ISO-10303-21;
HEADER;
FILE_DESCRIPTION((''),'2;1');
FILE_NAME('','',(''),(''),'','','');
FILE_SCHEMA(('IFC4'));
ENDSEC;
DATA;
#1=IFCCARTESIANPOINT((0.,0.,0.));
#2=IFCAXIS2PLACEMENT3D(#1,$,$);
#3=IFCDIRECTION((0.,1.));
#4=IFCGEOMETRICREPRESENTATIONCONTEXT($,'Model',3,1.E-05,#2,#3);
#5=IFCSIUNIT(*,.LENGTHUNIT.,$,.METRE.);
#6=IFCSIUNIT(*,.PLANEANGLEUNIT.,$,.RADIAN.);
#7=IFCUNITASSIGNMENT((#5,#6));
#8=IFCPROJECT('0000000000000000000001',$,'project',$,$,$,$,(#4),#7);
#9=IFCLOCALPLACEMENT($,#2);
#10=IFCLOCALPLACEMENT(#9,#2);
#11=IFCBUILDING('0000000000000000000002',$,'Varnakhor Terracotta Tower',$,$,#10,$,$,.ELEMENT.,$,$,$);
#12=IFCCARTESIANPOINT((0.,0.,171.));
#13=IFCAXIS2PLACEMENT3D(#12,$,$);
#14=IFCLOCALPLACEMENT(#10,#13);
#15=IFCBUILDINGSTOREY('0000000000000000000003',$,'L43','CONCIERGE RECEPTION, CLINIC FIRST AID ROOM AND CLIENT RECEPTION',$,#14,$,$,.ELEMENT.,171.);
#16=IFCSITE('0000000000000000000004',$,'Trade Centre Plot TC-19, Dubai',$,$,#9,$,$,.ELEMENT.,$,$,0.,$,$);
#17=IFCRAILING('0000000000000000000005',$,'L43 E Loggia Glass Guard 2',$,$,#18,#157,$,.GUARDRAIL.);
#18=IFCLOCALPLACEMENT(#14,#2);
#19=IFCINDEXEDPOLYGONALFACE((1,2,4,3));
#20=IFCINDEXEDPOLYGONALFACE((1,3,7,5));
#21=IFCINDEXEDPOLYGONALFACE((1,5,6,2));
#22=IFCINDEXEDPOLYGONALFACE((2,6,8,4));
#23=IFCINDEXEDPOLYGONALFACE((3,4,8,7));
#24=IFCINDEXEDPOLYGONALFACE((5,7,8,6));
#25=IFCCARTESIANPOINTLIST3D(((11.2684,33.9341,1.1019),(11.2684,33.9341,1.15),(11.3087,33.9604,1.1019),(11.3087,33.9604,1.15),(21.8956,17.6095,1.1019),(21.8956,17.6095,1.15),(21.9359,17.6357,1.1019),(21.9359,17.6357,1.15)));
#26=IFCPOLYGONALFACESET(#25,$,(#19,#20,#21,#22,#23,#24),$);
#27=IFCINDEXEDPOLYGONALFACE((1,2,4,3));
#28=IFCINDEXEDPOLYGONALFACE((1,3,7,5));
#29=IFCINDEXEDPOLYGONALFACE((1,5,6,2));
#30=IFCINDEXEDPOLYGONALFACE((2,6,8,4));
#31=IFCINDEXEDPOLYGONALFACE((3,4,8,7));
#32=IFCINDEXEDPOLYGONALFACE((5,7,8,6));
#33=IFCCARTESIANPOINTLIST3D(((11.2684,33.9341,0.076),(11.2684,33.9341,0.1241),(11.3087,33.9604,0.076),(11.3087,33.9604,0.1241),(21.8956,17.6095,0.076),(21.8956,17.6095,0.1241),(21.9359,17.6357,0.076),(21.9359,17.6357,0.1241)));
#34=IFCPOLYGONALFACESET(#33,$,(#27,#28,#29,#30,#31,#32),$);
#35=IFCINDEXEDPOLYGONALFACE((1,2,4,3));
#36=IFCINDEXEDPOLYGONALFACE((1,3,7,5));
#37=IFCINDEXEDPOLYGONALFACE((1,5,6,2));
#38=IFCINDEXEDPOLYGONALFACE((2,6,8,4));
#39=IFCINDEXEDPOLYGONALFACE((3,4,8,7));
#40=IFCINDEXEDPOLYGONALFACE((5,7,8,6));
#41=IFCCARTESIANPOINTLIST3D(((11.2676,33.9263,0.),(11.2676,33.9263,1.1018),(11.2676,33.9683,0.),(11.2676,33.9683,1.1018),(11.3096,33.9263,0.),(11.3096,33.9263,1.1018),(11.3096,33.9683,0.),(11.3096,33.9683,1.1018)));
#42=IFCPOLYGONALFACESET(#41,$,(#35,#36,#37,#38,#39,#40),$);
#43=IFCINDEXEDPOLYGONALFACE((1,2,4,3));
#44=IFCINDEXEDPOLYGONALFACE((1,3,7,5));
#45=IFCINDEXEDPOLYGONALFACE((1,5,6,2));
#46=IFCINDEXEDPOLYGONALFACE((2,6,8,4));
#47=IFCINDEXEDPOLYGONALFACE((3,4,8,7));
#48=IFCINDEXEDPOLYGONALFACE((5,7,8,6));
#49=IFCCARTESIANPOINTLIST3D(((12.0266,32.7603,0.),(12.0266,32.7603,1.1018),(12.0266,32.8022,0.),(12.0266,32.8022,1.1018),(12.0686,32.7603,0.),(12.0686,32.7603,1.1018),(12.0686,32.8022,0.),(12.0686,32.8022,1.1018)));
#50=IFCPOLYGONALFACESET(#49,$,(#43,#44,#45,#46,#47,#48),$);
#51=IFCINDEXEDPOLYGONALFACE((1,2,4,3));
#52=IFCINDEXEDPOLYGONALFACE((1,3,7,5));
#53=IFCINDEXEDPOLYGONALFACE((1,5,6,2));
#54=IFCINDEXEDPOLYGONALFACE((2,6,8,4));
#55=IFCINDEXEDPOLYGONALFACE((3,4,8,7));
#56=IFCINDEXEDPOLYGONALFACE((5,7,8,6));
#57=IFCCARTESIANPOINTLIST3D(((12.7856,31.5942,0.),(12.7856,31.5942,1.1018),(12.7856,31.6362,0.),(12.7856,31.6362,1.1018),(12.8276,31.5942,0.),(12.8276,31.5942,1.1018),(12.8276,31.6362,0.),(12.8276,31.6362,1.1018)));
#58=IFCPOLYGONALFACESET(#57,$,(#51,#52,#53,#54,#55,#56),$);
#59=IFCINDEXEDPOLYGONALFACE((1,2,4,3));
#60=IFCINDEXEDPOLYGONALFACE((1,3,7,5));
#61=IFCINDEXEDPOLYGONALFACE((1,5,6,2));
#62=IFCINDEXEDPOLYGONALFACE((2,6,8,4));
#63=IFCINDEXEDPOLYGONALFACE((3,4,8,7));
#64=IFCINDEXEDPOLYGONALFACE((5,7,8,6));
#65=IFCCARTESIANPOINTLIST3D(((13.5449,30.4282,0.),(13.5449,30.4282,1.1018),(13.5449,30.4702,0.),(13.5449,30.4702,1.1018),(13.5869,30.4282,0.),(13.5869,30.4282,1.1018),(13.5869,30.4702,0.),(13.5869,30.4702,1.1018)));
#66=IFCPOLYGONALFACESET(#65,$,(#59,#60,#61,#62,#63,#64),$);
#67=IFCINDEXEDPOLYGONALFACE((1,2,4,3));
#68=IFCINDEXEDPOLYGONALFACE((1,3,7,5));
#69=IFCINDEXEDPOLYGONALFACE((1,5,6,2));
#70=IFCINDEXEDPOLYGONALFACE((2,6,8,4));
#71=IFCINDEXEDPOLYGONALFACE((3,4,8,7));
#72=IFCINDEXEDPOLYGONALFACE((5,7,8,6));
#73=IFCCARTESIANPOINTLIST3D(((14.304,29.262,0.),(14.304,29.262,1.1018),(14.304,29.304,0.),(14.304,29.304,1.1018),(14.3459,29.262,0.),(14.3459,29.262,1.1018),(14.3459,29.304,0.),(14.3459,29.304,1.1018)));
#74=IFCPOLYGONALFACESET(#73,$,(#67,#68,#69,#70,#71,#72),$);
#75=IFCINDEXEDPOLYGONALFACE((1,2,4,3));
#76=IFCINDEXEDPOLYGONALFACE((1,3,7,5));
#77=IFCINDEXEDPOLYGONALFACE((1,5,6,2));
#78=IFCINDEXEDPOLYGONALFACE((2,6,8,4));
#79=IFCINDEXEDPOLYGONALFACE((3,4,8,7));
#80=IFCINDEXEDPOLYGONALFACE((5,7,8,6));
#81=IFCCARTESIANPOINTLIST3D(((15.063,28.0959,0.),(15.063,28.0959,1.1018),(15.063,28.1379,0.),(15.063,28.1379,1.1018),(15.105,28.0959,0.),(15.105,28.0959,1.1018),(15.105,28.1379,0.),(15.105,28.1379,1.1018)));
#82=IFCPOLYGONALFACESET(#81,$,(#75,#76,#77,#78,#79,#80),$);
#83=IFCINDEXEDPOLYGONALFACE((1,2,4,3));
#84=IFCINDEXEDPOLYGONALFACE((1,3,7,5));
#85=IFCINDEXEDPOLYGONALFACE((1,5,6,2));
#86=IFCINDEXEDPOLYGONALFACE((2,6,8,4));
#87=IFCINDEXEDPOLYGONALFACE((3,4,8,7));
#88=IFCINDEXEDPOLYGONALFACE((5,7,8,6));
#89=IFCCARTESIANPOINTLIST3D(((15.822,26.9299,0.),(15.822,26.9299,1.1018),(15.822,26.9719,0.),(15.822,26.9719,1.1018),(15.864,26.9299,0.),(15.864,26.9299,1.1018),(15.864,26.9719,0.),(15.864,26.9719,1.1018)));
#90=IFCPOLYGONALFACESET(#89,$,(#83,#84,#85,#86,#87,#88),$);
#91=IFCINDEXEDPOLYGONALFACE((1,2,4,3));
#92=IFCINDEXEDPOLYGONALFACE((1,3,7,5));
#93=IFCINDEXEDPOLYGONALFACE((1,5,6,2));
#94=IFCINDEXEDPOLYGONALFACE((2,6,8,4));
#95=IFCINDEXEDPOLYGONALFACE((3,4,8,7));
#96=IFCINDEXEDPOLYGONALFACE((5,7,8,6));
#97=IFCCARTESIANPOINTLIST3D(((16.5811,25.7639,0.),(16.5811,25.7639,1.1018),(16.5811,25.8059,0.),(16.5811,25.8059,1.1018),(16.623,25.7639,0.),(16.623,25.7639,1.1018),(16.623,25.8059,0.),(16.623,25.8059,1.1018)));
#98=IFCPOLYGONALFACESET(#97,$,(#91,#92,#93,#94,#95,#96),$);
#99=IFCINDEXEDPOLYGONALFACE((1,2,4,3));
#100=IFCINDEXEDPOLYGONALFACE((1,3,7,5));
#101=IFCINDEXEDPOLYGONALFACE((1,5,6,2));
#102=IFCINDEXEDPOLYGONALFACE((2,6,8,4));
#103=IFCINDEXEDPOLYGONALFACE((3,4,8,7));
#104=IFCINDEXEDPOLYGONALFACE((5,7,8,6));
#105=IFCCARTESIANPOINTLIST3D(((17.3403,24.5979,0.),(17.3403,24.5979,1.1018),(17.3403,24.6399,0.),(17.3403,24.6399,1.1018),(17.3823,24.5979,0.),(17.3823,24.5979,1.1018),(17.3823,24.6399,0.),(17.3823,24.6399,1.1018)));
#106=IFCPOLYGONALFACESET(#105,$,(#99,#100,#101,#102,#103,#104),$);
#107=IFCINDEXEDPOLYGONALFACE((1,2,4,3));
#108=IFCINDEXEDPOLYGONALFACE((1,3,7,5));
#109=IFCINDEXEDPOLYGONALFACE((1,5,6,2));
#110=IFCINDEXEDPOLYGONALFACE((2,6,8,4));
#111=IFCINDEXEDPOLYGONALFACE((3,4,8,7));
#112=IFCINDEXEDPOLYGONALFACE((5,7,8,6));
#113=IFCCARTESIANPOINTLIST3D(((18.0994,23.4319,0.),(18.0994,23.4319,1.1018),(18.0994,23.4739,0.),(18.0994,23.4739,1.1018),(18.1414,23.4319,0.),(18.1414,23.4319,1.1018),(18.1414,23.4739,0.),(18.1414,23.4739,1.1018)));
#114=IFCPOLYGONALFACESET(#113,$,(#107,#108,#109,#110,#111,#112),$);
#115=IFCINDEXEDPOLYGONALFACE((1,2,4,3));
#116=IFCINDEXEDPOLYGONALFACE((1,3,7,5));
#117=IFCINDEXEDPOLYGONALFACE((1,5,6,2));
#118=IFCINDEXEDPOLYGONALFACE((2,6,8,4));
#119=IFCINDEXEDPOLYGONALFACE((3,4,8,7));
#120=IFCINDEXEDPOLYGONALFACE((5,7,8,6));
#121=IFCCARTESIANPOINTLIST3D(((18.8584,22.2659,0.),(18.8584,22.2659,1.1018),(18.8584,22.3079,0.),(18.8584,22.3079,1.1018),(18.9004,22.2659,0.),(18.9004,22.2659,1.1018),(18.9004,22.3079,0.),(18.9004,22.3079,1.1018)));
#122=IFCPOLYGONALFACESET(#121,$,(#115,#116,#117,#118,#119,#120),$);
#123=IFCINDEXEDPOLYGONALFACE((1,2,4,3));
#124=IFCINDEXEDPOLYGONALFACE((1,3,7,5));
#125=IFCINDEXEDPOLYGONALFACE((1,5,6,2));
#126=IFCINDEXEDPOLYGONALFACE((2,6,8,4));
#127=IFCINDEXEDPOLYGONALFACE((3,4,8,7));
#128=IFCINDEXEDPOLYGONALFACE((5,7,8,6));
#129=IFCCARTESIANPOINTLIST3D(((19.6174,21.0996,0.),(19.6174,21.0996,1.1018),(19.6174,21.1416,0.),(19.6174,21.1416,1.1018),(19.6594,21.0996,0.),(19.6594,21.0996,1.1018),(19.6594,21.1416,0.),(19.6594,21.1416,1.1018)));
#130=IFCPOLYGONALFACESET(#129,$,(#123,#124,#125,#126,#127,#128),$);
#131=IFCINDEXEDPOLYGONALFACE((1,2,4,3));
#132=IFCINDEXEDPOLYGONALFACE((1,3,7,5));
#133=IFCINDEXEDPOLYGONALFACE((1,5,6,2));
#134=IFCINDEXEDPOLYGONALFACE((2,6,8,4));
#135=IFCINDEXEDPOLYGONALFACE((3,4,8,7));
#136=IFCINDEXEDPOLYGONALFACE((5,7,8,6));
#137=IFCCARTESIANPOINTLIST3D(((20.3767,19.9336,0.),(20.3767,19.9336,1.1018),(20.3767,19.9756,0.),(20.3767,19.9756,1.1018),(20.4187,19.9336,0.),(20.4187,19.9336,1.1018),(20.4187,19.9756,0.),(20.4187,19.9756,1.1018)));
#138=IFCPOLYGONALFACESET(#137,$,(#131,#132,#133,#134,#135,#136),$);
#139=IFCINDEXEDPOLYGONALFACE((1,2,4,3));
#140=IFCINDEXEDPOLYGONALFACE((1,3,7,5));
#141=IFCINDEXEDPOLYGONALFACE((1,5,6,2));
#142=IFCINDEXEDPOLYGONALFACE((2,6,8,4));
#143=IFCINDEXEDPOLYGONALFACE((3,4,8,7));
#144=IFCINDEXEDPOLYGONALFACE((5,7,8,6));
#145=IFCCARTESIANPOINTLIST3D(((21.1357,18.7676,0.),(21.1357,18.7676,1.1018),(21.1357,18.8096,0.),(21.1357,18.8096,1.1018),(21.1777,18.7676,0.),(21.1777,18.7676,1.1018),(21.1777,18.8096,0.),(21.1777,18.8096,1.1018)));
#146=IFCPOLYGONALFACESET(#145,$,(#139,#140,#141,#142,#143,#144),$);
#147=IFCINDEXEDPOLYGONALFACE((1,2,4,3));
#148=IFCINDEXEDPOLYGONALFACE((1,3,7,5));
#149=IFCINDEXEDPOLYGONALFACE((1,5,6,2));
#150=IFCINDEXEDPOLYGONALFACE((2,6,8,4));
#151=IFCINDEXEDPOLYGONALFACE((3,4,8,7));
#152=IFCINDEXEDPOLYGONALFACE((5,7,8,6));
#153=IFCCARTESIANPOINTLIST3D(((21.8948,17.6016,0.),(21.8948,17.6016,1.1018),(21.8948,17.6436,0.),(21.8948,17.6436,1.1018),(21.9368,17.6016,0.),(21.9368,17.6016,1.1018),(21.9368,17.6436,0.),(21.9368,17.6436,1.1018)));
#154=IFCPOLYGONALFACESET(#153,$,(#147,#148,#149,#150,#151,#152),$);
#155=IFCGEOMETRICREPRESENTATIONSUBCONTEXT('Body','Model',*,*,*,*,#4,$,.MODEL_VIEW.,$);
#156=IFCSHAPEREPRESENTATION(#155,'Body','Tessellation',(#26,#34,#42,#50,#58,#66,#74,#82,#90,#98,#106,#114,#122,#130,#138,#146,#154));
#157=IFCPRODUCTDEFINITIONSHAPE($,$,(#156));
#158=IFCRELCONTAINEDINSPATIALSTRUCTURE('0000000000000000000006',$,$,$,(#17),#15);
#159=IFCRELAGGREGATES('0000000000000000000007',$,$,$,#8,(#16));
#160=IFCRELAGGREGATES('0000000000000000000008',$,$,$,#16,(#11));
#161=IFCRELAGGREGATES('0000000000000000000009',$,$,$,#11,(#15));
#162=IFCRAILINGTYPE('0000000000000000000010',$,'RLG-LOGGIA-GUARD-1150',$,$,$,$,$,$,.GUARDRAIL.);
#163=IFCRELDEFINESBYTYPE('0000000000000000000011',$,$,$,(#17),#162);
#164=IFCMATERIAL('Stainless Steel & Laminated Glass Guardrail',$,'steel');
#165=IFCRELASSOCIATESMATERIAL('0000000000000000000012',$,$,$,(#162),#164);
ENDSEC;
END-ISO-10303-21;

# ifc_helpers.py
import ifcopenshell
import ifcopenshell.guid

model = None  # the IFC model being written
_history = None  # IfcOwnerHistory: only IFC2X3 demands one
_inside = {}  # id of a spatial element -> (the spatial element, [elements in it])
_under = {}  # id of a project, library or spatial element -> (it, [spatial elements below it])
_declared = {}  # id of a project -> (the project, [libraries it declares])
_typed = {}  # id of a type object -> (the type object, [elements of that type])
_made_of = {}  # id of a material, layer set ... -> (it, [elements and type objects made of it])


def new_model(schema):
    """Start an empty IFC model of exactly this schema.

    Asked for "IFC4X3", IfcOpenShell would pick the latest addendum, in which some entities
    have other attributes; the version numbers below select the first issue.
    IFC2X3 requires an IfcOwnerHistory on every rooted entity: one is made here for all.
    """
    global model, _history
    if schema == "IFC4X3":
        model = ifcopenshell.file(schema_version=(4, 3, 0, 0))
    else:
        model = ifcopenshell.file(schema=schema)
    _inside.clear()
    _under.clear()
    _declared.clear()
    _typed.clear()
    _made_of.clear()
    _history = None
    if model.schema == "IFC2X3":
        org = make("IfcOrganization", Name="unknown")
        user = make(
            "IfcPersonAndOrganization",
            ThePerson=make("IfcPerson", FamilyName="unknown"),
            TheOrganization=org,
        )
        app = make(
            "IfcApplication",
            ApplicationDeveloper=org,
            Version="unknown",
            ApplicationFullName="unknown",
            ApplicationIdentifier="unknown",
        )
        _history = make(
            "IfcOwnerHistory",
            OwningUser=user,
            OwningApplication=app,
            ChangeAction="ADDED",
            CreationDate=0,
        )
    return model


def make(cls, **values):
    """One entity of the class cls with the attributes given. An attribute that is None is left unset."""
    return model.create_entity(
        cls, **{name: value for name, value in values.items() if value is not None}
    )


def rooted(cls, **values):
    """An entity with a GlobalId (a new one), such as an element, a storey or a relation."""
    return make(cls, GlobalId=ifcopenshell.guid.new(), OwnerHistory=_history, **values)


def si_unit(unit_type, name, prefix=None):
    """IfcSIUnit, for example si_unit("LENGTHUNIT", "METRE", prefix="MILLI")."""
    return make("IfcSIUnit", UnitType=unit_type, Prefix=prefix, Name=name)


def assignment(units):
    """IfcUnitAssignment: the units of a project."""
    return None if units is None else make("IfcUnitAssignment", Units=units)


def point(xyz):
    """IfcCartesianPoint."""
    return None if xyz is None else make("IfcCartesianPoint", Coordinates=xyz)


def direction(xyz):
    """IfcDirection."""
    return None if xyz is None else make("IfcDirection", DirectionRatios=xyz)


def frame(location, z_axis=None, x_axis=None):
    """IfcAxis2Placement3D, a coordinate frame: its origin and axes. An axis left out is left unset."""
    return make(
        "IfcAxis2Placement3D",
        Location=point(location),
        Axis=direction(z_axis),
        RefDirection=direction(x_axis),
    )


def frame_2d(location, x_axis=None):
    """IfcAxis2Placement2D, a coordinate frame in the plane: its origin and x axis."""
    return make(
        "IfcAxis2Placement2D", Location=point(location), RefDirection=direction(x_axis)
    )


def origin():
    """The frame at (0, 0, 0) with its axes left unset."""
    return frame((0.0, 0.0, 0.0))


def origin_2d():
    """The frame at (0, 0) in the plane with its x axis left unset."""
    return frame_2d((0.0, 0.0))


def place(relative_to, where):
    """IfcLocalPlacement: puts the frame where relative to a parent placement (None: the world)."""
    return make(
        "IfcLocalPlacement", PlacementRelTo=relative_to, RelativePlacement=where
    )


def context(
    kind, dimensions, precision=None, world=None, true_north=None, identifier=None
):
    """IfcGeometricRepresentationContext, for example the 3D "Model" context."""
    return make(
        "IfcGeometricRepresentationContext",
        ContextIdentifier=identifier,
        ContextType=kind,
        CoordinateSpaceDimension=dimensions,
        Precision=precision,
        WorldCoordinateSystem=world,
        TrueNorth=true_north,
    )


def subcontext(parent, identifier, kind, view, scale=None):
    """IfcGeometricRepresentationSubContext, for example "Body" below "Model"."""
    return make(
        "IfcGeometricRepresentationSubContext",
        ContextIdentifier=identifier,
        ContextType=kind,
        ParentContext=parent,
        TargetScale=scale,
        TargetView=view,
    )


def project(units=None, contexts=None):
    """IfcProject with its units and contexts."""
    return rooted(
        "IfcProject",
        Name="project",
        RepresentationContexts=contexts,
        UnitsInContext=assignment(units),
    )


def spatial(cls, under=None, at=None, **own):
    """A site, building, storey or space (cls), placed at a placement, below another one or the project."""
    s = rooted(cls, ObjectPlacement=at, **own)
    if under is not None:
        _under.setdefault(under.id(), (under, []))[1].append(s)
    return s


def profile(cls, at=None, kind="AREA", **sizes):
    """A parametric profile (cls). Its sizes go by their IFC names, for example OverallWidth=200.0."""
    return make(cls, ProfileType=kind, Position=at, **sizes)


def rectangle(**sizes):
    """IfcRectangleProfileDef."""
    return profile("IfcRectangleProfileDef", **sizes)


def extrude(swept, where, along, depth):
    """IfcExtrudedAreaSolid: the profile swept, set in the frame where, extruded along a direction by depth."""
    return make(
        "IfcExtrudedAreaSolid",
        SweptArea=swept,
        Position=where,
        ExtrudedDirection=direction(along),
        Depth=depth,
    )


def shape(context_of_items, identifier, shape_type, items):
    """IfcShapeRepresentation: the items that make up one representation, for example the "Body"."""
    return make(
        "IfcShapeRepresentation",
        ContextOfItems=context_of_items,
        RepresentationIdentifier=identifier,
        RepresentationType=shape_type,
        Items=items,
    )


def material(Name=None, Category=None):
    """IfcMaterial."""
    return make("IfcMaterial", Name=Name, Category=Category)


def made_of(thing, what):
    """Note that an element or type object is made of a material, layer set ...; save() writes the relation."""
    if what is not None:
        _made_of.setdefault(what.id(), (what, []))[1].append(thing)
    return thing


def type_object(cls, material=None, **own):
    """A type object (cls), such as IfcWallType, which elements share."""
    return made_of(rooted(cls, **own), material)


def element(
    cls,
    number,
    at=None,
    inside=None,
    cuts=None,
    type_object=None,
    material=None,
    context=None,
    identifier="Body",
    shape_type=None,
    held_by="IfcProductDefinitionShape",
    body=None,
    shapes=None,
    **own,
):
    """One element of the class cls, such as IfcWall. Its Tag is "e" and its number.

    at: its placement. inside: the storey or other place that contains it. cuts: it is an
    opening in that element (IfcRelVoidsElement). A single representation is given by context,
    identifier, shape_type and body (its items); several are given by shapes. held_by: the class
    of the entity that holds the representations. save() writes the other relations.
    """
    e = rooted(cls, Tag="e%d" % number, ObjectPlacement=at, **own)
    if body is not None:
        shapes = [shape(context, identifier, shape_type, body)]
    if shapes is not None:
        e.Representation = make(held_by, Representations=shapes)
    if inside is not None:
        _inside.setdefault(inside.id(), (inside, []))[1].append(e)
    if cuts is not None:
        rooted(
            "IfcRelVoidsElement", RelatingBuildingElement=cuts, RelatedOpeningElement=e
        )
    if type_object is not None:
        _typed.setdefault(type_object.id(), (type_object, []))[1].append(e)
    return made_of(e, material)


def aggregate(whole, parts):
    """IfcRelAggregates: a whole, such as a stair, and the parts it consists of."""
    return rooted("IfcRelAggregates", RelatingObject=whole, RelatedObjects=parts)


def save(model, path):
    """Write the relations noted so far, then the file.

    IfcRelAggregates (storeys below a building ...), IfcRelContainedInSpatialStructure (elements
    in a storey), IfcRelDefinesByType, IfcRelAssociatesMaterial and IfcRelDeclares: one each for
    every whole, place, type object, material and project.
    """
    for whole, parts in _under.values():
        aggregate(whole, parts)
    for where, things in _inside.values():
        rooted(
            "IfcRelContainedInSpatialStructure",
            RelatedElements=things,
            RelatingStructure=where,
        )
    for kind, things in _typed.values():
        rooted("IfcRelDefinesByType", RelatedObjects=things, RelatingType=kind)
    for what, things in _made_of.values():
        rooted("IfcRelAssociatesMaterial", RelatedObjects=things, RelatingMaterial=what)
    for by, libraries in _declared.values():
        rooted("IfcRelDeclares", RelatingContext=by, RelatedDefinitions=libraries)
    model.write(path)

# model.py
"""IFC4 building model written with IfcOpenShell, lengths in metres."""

from ifc_helpers import new_model, si_unit, direction, frame, origin, origin_2d, place, context, subcontext, project, spatial, rectangle, extrude, material, type_object, element, save


model = new_model("IFC4")

# Units and contexts
model_context = context("Model", 3, precision=1e-05, world=origin(), true_north=direction((0.0, 1.0)))
body_context = subcontext(model_context, "Body", "Model", "MODEL_VIEW")
ifc_project = project(units=[si_unit("LENGTHUNIT", "METRE"), si_unit("PLANEANGLEUNIT", "RADIAN")], contexts=[model_context])

# Site, building, storey
site_placement = place(None, origin())
site = spatial("IfcSite", under=ifc_project, at=site_placement, Name="Trade Centre Plot TC-19, Dubai", CompositionType="ELEMENT", RefElevation=0.0)
building_placement = place(site_placement, origin())
building = spatial("IfcBuilding", under=site, at=building_placement, Name="Varnakhor Terracotta Tower", CompositionType="ELEMENT")
storey_placement = place(building_placement, frame((0.0, 0.0, 171.0)))
storey = spatial("IfcBuildingStorey", under=building, at=storey_placement, Name="L43", Description="CONCIERGE RECEPTION, CLINIC FIRST AID ROOM AND CLIENT RECEPTION", CompositionType="ELEMENT", Elevation=171.0)

# Railing
ifc_material_1 = material(Name="Stainless Steel & Laminated Glass Guardrail", Category="steel")
railing_type = type_object("IfcRailingType", Name="RLG-LOGGIA-GUARD-1150", PredefinedType="GUARDRAIL", material=ifc_material_1)
railing_1_placement = place(storey_placement, frame((11.2886, 33.9473, 0.0)))
element("IfcRailing", 1, at=railing_1_placement, inside=storey, type_object=railing_type, Name="L43 E Loggia Glass Guard 2", PredefinedType="GUARDRAIL", context=body_context, shape_type="SweptSolid", body=[
    extrude(rectangle(XDim=0.0481, YDim=0.0481, at=origin_2d()), frame((0.0, 0.0, 1.126), z_axis=(0.545571, -0.838065, 0.0), x_axis=(0.838065, 0.545571, 0.0)), (0.0, 0.0, 1.0), 19.479),
    extrude(rectangle(XDim=0.0481, YDim=0.0481, at=origin_2d()), frame((0.0, 0.0, 0.1001), z_axis=(0.545571, -0.838065, 0.0), x_axis=(0.838065, 0.545571, 0.0)), (0.0, 0.0, 1.0), 19.479),
    extrude(rectangle(XDim=0.042, YDim=0.042, at=origin_2d()), origin(), (0.0, 0.0, 1.0), 1.1018),
    extrude(rectangle(XDim=0.042, YDim=0.042, at=origin_2d()), frame((0.759, -1.166, 0.0)), (0.0, 0.0, 1.0), 1.1018),
    extrude(rectangle(XDim=0.042, YDim=0.042, at=origin_2d()), frame((1.5181, -2.332, 0.0)), (0.0, 0.0, 1.0), 1.1018),
    extrude(rectangle(XDim=0.042, YDim=0.042, at=origin_2d()), frame((2.2773, -3.498, 0.0)), (0.0, 0.0, 1.0), 1.1018),
    extrude(rectangle(XDim=0.042, YDim=0.042, at=origin_2d()), frame((3.0364, -4.6643, 0.0)), (0.0, 0.0, 1.0), 1.1018),
    extrude(rectangle(XDim=0.042, YDim=0.042, at=origin_2d()), frame((3.7954, -5.8303, 0.0)), (0.0, 0.0, 1.0), 1.1018),
    extrude(rectangle(XDim=0.042, YDim=0.042, at=origin_2d()), frame((4.5544, -6.9963, 0.0)), (0.0, 0.0, 1.0), 1.1018),
    extrude(rectangle(XDim=0.042, YDim=0.042, at=origin_2d()), frame((5.3135, -8.1624, 0.0)), (0.0, 0.0, 1.0), 1.1018),
    extrude(rectangle(XDim=0.042, YDim=0.042, at=origin_2d()), frame((6.0728, -9.3284, 0.0)), (0.0, 0.0, 1.0), 1.1018),
    extrude(rectangle(XDim=0.042, YDim=0.042, at=origin_2d()), frame((6.8318, -10.4944, 0.0)), (0.0, 0.0, 1.0), 1.1018),
    extrude(rectangle(XDim=0.042, YDim=0.042, at=origin_2d()), frame((7.5908, -11.6604, 0.0)), (0.0, 0.0, 1.0), 1.1018),
    extrude(rectangle(XDim=0.042, YDim=0.042, at=origin_2d()), frame((8.3499, -12.8267, 0.0)), (0.0, 0.0, 1.0), 1.1018),
    extrude(rectangle(XDim=0.042, YDim=0.042, at=origin_2d()), frame((9.1091, -13.9927, 0.0)), (0.0, 0.0, 1.0), 1.1018),
    extrude(rectangle(XDim=0.042, YDim=0.042, at=origin_2d()), frame((9.8682, -15.1587, 0.0)), (0.0, 0.0, 1.0), 1.1018),
    extrude(rectangle(XDim=0.042, YDim=0.042, at=origin_2d()), frame((10.6272, -16.3247, 0.0)), (0.0, 0.0, 1.0), 1.1018),
])

save(model, "model.ifc")
